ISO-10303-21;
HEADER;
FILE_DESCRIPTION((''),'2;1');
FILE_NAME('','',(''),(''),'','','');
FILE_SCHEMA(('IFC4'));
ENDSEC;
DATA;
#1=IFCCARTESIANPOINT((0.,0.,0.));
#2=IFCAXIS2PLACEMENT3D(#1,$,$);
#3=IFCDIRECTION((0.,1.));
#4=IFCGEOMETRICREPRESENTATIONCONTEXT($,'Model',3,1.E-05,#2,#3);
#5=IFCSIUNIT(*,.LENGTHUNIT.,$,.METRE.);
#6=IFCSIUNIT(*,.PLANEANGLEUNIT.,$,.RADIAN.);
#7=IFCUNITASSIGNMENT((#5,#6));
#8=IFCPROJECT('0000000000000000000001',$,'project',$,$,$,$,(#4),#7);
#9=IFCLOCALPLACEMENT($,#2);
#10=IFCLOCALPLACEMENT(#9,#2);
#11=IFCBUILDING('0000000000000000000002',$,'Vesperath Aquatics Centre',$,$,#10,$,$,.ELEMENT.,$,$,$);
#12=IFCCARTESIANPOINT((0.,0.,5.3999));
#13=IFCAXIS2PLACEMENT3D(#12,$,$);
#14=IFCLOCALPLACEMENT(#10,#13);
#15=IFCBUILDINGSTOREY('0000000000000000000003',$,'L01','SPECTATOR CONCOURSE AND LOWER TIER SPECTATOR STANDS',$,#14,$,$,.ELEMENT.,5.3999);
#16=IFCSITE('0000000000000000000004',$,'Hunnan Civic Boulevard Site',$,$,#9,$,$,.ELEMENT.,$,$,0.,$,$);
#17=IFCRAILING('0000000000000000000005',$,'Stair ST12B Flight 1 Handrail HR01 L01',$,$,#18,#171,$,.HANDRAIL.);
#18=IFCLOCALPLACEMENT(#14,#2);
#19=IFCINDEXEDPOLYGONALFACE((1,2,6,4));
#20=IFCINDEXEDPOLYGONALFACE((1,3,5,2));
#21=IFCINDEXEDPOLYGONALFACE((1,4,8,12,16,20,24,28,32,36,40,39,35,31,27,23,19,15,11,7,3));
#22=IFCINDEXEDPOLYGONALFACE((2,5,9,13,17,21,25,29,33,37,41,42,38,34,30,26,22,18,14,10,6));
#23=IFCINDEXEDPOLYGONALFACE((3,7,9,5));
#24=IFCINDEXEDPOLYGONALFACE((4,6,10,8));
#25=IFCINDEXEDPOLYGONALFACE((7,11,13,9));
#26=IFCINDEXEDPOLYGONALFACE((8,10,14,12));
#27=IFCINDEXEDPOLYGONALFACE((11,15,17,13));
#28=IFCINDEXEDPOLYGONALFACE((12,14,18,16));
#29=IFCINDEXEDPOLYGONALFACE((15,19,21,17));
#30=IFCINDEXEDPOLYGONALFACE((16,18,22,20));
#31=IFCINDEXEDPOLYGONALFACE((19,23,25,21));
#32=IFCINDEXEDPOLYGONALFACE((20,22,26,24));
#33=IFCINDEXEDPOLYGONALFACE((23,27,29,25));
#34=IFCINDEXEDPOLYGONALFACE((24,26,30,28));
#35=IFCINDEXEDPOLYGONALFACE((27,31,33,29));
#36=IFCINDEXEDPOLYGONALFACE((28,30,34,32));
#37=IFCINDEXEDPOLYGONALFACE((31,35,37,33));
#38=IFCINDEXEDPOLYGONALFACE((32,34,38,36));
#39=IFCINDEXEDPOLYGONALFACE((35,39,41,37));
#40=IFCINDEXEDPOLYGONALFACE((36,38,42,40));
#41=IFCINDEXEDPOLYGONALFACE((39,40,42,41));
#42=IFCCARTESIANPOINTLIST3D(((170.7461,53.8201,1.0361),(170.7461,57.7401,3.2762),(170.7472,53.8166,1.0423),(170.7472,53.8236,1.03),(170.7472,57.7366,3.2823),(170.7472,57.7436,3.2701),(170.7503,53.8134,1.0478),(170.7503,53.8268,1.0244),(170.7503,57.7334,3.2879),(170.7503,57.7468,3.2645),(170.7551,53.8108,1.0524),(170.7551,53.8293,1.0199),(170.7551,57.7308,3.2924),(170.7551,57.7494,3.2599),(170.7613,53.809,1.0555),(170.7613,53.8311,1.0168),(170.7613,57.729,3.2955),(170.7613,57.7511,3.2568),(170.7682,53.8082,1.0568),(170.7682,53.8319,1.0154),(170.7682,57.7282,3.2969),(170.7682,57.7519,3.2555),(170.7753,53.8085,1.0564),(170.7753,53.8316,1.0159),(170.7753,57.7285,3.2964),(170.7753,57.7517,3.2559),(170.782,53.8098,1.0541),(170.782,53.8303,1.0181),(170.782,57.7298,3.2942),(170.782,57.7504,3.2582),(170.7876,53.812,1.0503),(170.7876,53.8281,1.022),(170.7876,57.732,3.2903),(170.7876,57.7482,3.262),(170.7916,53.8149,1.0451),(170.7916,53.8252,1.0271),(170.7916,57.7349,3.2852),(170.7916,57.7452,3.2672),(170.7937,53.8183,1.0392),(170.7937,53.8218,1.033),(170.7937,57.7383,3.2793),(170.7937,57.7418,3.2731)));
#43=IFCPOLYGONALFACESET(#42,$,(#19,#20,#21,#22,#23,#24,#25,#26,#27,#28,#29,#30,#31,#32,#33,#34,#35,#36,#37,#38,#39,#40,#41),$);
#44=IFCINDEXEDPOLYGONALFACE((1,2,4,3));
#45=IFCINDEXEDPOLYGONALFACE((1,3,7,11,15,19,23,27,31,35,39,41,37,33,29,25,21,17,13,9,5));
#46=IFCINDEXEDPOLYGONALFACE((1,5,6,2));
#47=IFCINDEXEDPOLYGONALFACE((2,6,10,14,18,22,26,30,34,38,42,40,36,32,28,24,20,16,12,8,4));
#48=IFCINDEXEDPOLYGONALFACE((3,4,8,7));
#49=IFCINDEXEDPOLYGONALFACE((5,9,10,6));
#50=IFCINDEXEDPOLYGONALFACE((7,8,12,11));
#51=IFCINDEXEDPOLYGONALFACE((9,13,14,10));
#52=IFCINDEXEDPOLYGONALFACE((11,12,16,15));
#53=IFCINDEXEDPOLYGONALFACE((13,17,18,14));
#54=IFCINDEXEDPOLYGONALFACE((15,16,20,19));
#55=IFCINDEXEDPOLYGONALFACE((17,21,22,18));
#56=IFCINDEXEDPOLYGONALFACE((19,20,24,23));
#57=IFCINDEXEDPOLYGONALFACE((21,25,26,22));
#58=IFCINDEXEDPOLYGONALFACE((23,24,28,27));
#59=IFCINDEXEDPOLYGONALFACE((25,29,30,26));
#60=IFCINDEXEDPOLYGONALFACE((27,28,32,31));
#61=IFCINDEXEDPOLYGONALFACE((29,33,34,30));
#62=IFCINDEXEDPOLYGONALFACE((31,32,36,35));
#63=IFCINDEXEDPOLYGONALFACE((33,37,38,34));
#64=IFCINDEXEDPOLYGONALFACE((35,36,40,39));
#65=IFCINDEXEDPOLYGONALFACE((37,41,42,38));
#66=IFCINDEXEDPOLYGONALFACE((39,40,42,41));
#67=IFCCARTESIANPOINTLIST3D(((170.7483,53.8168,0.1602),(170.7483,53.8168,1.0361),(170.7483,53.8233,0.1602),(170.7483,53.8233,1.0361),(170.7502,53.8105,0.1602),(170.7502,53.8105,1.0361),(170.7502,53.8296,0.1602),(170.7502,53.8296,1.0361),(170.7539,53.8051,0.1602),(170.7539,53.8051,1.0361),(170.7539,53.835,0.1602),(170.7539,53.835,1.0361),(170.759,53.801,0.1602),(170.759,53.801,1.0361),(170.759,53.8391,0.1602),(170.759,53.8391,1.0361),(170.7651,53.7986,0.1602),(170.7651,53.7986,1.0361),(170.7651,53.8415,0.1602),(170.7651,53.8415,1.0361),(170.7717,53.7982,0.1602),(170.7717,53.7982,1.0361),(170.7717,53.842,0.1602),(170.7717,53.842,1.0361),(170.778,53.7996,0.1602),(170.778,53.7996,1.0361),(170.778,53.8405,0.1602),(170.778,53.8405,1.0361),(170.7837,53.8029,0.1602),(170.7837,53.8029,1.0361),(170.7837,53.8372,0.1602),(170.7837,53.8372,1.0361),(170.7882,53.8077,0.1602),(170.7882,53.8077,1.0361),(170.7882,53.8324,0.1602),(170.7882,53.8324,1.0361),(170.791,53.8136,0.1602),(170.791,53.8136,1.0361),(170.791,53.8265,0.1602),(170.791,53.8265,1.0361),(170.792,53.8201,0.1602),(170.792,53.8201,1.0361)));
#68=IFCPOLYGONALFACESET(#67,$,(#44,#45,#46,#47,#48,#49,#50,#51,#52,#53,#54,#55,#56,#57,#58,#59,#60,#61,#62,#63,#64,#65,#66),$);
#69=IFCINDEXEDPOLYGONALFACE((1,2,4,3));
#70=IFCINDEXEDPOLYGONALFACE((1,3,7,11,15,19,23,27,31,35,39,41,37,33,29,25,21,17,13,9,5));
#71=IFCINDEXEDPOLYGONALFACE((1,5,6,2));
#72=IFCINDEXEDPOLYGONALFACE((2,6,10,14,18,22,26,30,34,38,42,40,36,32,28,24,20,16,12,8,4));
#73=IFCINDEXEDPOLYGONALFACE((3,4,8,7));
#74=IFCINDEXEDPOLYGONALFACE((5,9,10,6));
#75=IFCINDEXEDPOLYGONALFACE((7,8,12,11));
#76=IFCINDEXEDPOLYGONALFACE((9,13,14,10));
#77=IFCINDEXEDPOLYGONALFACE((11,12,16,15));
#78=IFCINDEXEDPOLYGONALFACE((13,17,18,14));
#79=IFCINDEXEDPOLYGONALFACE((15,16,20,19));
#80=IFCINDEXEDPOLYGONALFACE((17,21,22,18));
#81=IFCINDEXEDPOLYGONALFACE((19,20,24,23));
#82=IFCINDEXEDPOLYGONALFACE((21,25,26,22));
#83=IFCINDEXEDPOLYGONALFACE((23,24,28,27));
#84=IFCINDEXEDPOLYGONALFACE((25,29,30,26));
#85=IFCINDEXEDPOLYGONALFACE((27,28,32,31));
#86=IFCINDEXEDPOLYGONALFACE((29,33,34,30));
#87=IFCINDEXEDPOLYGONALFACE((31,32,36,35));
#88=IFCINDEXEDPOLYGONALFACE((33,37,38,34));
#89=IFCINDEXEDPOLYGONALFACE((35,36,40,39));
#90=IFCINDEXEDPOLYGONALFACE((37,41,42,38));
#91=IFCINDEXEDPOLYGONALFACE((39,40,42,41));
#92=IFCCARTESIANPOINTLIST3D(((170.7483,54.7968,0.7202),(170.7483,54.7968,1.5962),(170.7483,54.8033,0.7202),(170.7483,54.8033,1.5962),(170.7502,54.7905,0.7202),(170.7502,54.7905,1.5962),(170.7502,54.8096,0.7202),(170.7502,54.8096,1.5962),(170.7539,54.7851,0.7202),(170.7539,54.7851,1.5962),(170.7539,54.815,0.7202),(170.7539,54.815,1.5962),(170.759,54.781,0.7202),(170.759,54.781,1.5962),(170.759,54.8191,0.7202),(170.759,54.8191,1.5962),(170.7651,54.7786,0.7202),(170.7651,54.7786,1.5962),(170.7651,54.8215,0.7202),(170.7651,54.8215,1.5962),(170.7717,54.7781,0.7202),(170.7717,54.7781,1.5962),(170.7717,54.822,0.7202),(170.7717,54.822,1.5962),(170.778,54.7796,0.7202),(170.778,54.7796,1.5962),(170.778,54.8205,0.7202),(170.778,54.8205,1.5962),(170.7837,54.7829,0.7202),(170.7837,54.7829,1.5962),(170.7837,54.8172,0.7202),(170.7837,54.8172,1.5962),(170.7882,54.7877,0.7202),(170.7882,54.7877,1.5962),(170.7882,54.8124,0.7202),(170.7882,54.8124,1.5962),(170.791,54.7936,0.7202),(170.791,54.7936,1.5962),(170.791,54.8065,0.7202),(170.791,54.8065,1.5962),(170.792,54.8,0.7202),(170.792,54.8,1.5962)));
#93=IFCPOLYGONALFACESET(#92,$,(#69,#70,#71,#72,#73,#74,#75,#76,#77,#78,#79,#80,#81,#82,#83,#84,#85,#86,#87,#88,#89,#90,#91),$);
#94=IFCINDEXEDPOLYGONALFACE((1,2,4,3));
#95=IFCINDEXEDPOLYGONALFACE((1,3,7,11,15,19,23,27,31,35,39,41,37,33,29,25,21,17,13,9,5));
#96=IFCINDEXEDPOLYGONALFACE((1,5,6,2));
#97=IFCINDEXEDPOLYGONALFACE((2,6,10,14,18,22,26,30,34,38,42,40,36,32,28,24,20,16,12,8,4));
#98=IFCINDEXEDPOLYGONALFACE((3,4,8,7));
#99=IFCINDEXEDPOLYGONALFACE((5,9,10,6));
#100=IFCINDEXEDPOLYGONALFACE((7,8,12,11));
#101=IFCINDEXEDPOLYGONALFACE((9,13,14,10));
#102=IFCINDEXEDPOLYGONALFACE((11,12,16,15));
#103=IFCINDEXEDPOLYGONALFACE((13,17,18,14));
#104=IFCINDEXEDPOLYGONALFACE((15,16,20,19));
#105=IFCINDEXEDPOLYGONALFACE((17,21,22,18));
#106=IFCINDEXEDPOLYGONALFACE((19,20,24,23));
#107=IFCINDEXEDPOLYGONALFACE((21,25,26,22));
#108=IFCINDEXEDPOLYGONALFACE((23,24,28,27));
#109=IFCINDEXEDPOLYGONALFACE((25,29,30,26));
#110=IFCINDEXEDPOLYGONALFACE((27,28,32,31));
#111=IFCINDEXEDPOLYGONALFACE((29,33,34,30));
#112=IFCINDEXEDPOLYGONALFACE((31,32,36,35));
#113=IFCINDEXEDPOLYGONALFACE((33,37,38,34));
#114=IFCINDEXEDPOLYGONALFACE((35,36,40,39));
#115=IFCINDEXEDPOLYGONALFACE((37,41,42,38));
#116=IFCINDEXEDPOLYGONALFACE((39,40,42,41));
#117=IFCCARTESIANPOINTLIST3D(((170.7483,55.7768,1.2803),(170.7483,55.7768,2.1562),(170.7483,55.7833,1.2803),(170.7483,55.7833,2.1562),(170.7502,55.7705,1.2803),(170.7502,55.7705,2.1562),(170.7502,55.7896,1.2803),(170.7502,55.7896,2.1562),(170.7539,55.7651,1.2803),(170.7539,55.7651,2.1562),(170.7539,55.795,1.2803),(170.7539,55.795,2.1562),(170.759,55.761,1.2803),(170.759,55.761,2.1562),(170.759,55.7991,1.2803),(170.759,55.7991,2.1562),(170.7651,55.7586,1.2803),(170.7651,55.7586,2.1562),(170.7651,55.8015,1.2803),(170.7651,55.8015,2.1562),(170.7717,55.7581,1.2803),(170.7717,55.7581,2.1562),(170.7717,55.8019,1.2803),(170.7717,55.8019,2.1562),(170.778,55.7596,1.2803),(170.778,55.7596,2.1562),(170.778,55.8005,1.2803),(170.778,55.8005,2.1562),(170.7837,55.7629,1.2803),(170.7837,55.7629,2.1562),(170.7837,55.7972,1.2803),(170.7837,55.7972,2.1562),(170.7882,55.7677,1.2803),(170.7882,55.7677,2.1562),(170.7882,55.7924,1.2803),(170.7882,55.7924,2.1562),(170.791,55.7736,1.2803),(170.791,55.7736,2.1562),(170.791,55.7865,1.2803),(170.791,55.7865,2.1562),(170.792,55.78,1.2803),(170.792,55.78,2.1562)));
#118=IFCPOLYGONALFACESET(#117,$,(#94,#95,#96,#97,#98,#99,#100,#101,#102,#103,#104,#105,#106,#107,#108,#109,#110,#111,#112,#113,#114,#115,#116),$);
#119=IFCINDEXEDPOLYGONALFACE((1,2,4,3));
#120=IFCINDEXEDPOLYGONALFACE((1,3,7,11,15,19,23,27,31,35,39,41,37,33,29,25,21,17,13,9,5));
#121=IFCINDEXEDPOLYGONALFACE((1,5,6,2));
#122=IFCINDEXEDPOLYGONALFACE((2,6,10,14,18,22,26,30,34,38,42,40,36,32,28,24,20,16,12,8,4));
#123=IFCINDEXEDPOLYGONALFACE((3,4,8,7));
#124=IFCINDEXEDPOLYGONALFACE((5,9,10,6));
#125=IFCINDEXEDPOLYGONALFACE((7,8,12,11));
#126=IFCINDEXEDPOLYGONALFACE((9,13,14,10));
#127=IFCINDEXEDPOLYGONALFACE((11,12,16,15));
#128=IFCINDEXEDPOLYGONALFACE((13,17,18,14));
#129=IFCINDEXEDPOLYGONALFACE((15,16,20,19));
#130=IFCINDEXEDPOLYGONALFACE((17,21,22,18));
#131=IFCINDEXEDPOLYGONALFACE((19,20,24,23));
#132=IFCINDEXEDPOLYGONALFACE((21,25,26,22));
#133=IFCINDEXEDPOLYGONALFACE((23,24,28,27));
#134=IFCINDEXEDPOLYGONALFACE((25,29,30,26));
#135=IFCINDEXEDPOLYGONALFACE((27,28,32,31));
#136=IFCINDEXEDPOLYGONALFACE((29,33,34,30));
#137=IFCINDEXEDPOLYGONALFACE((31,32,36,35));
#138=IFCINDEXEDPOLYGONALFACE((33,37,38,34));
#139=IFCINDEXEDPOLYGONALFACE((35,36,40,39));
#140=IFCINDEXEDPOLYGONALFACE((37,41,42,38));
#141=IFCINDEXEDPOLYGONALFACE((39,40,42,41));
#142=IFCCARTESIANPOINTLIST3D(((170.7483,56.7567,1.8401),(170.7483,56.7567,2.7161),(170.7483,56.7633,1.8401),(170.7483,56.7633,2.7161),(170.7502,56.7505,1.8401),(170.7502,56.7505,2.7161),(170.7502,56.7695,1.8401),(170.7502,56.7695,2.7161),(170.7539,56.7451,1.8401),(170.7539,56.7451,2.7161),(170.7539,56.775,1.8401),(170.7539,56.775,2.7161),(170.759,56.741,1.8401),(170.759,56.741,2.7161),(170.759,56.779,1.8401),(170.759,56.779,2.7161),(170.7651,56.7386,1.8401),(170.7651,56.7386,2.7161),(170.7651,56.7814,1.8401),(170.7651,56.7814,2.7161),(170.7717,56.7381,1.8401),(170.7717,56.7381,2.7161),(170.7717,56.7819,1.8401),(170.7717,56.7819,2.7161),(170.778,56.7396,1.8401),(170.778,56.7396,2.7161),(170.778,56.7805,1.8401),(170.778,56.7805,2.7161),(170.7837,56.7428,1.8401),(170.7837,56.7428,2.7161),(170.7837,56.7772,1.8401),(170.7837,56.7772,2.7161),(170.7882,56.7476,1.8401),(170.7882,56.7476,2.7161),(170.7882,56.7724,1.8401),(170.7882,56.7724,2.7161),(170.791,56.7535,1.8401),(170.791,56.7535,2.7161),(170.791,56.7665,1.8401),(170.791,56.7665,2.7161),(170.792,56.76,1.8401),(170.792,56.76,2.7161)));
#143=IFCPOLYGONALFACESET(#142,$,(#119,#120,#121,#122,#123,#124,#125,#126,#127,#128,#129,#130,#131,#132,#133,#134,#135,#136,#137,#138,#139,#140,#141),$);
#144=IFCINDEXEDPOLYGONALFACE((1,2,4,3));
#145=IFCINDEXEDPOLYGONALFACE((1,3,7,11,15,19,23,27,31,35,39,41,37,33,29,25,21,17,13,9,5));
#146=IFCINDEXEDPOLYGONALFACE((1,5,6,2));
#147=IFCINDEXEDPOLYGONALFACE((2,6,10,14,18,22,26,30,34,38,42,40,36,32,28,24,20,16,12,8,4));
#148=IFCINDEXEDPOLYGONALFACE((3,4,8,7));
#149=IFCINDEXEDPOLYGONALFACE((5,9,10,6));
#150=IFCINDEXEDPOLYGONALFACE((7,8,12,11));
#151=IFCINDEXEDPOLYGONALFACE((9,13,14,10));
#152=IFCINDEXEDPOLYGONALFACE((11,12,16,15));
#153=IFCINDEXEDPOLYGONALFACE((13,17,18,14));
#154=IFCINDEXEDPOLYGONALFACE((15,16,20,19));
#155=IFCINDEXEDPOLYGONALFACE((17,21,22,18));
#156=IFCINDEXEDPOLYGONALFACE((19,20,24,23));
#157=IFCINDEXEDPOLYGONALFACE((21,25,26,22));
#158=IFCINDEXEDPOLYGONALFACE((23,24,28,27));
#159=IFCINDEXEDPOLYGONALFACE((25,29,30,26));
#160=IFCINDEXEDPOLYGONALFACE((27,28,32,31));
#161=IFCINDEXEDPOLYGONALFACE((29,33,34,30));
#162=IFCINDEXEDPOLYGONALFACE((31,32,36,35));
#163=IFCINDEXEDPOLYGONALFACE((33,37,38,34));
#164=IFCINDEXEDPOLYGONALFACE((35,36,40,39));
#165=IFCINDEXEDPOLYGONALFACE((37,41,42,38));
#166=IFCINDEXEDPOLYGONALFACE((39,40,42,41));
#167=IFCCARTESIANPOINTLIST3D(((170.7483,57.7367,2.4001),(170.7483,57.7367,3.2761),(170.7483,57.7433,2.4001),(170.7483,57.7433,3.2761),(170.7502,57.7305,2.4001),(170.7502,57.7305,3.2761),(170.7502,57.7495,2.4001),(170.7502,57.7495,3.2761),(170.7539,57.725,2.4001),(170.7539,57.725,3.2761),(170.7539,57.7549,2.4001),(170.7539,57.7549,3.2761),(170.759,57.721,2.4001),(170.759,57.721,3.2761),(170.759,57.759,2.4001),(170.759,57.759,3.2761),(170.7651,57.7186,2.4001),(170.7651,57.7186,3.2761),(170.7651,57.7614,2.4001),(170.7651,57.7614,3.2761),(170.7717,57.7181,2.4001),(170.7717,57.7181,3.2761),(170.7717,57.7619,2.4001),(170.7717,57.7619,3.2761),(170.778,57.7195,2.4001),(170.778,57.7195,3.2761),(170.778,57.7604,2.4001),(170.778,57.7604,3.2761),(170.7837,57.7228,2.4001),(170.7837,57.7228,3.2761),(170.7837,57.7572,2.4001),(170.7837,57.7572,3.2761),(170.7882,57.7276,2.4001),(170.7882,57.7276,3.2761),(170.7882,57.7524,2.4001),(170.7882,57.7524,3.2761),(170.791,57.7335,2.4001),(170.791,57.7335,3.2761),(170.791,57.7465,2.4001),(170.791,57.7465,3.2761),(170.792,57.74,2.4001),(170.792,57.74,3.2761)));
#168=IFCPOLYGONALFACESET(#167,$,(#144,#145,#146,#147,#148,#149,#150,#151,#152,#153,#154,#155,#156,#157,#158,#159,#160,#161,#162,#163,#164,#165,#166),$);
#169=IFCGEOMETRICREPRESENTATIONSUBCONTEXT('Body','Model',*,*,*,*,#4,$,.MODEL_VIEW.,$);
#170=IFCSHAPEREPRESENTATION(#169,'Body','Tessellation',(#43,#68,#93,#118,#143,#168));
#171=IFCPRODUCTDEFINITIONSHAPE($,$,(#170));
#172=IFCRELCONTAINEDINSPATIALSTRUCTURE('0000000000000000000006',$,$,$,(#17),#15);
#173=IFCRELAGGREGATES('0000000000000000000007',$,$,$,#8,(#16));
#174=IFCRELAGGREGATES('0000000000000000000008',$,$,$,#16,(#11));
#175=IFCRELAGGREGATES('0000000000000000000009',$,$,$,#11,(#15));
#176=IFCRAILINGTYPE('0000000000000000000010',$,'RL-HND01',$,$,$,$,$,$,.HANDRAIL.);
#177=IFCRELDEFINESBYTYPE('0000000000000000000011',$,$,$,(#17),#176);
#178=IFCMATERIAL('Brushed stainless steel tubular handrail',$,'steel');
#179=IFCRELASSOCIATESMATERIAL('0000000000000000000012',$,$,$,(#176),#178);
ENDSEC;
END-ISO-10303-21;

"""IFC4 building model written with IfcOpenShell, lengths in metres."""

from ifc_helpers import new_model, si_unit, direction, frame, origin, origin_2d, place, context, subcontext, project, spatial, circle, extrude, material, type_object, element, save


model = new_model("IFC4")

# Units and contexts
model_context = context("Model", 3, precision=1e-05, world=origin(), true_north=direction((0.0, 1.0)))
body_context = subcontext(model_context, "Body", "Model", "MODEL_VIEW")
ifc_project = project(units=[si_unit("LENGTHUNIT", "METRE"), si_unit("PLANEANGLEUNIT", "RADIAN")], contexts=[model_context])

# Site, building, storey
site_placement = place(None, origin())
site = spatial("IfcSite", under=ifc_project, at=site_placement, Name="Hunnan Civic Boulevard Site", CompositionType="ELEMENT", RefElevation=0.0)
building_placement = place(site_placement, origin())
building = spatial("IfcBuilding", under=site, at=building_placement, Name="Vesperath Aquatics Centre", CompositionType="ELEMENT")
storey_placement = place(building_placement, frame((0.0, 0.0, 5.3999)))
storey = spatial("IfcBuildingStorey", under=building, at=storey_placement, Name="L01", Description="SPECTATOR CONCOURSE AND LOWER TIER SPECTATOR STANDS", CompositionType="ELEMENT", Elevation=5.3999)

# Railing
ifc_material_1 = material(Name="Brushed stainless steel tubular handrail", Category="steel")
railing_type_1 = type_object("IfcRailingType", Name="RL-HND01", PredefinedType="HANDRAIL", material=ifc_material_1)
railing_1_placement = place(storey_placement, frame((170.77, 53.8201, 0.1602)))
element("IfcRailing", 1, at=railing_1_placement, inside=storey, type_object=railing_type_1, Name="Stair ST12B Flight 1 Handrail HR01 L01", PredefinedType="HANDRAIL", context=body_context, shape_type="SweptSolid", body=[
    extrude(circle(Radius=0.0239, at=origin_2d()), frame((0.0, 0.0, 0.876), z_axis=(0.0, 0.86824, 0.496145), x_axis=(-1.0, 0.0, 0.0)), (0.0, 0.0, 1.0), 4.5149),
    extrude(circle(Radius=0.022, at=origin_2d()), origin(), (0.0, 0.0, 1.0), 0.876),
    extrude(circle(Radius=0.022, at=origin_2d()), frame((0.0, 0.98, 0.5601)), (0.0, 0.0, 1.0), 0.876),
    extrude(circle(Radius=0.022, at=origin_2d()), frame((0.0, 1.96, 1.1201)), (0.0, 0.0, 1.0), 0.876),
    extrude(circle(Radius=0.022, at=origin_2d()), frame((0.0, 2.9399, 1.6799)), (0.0, 0.0, 1.0), 0.876),
    extrude(circle(Radius=0.022, at=origin_2d()), frame((0.0, 3.9199, 2.24)), (0.0, 0.0, 1.0), 0.876),
])

save(model, "model.ifc")
